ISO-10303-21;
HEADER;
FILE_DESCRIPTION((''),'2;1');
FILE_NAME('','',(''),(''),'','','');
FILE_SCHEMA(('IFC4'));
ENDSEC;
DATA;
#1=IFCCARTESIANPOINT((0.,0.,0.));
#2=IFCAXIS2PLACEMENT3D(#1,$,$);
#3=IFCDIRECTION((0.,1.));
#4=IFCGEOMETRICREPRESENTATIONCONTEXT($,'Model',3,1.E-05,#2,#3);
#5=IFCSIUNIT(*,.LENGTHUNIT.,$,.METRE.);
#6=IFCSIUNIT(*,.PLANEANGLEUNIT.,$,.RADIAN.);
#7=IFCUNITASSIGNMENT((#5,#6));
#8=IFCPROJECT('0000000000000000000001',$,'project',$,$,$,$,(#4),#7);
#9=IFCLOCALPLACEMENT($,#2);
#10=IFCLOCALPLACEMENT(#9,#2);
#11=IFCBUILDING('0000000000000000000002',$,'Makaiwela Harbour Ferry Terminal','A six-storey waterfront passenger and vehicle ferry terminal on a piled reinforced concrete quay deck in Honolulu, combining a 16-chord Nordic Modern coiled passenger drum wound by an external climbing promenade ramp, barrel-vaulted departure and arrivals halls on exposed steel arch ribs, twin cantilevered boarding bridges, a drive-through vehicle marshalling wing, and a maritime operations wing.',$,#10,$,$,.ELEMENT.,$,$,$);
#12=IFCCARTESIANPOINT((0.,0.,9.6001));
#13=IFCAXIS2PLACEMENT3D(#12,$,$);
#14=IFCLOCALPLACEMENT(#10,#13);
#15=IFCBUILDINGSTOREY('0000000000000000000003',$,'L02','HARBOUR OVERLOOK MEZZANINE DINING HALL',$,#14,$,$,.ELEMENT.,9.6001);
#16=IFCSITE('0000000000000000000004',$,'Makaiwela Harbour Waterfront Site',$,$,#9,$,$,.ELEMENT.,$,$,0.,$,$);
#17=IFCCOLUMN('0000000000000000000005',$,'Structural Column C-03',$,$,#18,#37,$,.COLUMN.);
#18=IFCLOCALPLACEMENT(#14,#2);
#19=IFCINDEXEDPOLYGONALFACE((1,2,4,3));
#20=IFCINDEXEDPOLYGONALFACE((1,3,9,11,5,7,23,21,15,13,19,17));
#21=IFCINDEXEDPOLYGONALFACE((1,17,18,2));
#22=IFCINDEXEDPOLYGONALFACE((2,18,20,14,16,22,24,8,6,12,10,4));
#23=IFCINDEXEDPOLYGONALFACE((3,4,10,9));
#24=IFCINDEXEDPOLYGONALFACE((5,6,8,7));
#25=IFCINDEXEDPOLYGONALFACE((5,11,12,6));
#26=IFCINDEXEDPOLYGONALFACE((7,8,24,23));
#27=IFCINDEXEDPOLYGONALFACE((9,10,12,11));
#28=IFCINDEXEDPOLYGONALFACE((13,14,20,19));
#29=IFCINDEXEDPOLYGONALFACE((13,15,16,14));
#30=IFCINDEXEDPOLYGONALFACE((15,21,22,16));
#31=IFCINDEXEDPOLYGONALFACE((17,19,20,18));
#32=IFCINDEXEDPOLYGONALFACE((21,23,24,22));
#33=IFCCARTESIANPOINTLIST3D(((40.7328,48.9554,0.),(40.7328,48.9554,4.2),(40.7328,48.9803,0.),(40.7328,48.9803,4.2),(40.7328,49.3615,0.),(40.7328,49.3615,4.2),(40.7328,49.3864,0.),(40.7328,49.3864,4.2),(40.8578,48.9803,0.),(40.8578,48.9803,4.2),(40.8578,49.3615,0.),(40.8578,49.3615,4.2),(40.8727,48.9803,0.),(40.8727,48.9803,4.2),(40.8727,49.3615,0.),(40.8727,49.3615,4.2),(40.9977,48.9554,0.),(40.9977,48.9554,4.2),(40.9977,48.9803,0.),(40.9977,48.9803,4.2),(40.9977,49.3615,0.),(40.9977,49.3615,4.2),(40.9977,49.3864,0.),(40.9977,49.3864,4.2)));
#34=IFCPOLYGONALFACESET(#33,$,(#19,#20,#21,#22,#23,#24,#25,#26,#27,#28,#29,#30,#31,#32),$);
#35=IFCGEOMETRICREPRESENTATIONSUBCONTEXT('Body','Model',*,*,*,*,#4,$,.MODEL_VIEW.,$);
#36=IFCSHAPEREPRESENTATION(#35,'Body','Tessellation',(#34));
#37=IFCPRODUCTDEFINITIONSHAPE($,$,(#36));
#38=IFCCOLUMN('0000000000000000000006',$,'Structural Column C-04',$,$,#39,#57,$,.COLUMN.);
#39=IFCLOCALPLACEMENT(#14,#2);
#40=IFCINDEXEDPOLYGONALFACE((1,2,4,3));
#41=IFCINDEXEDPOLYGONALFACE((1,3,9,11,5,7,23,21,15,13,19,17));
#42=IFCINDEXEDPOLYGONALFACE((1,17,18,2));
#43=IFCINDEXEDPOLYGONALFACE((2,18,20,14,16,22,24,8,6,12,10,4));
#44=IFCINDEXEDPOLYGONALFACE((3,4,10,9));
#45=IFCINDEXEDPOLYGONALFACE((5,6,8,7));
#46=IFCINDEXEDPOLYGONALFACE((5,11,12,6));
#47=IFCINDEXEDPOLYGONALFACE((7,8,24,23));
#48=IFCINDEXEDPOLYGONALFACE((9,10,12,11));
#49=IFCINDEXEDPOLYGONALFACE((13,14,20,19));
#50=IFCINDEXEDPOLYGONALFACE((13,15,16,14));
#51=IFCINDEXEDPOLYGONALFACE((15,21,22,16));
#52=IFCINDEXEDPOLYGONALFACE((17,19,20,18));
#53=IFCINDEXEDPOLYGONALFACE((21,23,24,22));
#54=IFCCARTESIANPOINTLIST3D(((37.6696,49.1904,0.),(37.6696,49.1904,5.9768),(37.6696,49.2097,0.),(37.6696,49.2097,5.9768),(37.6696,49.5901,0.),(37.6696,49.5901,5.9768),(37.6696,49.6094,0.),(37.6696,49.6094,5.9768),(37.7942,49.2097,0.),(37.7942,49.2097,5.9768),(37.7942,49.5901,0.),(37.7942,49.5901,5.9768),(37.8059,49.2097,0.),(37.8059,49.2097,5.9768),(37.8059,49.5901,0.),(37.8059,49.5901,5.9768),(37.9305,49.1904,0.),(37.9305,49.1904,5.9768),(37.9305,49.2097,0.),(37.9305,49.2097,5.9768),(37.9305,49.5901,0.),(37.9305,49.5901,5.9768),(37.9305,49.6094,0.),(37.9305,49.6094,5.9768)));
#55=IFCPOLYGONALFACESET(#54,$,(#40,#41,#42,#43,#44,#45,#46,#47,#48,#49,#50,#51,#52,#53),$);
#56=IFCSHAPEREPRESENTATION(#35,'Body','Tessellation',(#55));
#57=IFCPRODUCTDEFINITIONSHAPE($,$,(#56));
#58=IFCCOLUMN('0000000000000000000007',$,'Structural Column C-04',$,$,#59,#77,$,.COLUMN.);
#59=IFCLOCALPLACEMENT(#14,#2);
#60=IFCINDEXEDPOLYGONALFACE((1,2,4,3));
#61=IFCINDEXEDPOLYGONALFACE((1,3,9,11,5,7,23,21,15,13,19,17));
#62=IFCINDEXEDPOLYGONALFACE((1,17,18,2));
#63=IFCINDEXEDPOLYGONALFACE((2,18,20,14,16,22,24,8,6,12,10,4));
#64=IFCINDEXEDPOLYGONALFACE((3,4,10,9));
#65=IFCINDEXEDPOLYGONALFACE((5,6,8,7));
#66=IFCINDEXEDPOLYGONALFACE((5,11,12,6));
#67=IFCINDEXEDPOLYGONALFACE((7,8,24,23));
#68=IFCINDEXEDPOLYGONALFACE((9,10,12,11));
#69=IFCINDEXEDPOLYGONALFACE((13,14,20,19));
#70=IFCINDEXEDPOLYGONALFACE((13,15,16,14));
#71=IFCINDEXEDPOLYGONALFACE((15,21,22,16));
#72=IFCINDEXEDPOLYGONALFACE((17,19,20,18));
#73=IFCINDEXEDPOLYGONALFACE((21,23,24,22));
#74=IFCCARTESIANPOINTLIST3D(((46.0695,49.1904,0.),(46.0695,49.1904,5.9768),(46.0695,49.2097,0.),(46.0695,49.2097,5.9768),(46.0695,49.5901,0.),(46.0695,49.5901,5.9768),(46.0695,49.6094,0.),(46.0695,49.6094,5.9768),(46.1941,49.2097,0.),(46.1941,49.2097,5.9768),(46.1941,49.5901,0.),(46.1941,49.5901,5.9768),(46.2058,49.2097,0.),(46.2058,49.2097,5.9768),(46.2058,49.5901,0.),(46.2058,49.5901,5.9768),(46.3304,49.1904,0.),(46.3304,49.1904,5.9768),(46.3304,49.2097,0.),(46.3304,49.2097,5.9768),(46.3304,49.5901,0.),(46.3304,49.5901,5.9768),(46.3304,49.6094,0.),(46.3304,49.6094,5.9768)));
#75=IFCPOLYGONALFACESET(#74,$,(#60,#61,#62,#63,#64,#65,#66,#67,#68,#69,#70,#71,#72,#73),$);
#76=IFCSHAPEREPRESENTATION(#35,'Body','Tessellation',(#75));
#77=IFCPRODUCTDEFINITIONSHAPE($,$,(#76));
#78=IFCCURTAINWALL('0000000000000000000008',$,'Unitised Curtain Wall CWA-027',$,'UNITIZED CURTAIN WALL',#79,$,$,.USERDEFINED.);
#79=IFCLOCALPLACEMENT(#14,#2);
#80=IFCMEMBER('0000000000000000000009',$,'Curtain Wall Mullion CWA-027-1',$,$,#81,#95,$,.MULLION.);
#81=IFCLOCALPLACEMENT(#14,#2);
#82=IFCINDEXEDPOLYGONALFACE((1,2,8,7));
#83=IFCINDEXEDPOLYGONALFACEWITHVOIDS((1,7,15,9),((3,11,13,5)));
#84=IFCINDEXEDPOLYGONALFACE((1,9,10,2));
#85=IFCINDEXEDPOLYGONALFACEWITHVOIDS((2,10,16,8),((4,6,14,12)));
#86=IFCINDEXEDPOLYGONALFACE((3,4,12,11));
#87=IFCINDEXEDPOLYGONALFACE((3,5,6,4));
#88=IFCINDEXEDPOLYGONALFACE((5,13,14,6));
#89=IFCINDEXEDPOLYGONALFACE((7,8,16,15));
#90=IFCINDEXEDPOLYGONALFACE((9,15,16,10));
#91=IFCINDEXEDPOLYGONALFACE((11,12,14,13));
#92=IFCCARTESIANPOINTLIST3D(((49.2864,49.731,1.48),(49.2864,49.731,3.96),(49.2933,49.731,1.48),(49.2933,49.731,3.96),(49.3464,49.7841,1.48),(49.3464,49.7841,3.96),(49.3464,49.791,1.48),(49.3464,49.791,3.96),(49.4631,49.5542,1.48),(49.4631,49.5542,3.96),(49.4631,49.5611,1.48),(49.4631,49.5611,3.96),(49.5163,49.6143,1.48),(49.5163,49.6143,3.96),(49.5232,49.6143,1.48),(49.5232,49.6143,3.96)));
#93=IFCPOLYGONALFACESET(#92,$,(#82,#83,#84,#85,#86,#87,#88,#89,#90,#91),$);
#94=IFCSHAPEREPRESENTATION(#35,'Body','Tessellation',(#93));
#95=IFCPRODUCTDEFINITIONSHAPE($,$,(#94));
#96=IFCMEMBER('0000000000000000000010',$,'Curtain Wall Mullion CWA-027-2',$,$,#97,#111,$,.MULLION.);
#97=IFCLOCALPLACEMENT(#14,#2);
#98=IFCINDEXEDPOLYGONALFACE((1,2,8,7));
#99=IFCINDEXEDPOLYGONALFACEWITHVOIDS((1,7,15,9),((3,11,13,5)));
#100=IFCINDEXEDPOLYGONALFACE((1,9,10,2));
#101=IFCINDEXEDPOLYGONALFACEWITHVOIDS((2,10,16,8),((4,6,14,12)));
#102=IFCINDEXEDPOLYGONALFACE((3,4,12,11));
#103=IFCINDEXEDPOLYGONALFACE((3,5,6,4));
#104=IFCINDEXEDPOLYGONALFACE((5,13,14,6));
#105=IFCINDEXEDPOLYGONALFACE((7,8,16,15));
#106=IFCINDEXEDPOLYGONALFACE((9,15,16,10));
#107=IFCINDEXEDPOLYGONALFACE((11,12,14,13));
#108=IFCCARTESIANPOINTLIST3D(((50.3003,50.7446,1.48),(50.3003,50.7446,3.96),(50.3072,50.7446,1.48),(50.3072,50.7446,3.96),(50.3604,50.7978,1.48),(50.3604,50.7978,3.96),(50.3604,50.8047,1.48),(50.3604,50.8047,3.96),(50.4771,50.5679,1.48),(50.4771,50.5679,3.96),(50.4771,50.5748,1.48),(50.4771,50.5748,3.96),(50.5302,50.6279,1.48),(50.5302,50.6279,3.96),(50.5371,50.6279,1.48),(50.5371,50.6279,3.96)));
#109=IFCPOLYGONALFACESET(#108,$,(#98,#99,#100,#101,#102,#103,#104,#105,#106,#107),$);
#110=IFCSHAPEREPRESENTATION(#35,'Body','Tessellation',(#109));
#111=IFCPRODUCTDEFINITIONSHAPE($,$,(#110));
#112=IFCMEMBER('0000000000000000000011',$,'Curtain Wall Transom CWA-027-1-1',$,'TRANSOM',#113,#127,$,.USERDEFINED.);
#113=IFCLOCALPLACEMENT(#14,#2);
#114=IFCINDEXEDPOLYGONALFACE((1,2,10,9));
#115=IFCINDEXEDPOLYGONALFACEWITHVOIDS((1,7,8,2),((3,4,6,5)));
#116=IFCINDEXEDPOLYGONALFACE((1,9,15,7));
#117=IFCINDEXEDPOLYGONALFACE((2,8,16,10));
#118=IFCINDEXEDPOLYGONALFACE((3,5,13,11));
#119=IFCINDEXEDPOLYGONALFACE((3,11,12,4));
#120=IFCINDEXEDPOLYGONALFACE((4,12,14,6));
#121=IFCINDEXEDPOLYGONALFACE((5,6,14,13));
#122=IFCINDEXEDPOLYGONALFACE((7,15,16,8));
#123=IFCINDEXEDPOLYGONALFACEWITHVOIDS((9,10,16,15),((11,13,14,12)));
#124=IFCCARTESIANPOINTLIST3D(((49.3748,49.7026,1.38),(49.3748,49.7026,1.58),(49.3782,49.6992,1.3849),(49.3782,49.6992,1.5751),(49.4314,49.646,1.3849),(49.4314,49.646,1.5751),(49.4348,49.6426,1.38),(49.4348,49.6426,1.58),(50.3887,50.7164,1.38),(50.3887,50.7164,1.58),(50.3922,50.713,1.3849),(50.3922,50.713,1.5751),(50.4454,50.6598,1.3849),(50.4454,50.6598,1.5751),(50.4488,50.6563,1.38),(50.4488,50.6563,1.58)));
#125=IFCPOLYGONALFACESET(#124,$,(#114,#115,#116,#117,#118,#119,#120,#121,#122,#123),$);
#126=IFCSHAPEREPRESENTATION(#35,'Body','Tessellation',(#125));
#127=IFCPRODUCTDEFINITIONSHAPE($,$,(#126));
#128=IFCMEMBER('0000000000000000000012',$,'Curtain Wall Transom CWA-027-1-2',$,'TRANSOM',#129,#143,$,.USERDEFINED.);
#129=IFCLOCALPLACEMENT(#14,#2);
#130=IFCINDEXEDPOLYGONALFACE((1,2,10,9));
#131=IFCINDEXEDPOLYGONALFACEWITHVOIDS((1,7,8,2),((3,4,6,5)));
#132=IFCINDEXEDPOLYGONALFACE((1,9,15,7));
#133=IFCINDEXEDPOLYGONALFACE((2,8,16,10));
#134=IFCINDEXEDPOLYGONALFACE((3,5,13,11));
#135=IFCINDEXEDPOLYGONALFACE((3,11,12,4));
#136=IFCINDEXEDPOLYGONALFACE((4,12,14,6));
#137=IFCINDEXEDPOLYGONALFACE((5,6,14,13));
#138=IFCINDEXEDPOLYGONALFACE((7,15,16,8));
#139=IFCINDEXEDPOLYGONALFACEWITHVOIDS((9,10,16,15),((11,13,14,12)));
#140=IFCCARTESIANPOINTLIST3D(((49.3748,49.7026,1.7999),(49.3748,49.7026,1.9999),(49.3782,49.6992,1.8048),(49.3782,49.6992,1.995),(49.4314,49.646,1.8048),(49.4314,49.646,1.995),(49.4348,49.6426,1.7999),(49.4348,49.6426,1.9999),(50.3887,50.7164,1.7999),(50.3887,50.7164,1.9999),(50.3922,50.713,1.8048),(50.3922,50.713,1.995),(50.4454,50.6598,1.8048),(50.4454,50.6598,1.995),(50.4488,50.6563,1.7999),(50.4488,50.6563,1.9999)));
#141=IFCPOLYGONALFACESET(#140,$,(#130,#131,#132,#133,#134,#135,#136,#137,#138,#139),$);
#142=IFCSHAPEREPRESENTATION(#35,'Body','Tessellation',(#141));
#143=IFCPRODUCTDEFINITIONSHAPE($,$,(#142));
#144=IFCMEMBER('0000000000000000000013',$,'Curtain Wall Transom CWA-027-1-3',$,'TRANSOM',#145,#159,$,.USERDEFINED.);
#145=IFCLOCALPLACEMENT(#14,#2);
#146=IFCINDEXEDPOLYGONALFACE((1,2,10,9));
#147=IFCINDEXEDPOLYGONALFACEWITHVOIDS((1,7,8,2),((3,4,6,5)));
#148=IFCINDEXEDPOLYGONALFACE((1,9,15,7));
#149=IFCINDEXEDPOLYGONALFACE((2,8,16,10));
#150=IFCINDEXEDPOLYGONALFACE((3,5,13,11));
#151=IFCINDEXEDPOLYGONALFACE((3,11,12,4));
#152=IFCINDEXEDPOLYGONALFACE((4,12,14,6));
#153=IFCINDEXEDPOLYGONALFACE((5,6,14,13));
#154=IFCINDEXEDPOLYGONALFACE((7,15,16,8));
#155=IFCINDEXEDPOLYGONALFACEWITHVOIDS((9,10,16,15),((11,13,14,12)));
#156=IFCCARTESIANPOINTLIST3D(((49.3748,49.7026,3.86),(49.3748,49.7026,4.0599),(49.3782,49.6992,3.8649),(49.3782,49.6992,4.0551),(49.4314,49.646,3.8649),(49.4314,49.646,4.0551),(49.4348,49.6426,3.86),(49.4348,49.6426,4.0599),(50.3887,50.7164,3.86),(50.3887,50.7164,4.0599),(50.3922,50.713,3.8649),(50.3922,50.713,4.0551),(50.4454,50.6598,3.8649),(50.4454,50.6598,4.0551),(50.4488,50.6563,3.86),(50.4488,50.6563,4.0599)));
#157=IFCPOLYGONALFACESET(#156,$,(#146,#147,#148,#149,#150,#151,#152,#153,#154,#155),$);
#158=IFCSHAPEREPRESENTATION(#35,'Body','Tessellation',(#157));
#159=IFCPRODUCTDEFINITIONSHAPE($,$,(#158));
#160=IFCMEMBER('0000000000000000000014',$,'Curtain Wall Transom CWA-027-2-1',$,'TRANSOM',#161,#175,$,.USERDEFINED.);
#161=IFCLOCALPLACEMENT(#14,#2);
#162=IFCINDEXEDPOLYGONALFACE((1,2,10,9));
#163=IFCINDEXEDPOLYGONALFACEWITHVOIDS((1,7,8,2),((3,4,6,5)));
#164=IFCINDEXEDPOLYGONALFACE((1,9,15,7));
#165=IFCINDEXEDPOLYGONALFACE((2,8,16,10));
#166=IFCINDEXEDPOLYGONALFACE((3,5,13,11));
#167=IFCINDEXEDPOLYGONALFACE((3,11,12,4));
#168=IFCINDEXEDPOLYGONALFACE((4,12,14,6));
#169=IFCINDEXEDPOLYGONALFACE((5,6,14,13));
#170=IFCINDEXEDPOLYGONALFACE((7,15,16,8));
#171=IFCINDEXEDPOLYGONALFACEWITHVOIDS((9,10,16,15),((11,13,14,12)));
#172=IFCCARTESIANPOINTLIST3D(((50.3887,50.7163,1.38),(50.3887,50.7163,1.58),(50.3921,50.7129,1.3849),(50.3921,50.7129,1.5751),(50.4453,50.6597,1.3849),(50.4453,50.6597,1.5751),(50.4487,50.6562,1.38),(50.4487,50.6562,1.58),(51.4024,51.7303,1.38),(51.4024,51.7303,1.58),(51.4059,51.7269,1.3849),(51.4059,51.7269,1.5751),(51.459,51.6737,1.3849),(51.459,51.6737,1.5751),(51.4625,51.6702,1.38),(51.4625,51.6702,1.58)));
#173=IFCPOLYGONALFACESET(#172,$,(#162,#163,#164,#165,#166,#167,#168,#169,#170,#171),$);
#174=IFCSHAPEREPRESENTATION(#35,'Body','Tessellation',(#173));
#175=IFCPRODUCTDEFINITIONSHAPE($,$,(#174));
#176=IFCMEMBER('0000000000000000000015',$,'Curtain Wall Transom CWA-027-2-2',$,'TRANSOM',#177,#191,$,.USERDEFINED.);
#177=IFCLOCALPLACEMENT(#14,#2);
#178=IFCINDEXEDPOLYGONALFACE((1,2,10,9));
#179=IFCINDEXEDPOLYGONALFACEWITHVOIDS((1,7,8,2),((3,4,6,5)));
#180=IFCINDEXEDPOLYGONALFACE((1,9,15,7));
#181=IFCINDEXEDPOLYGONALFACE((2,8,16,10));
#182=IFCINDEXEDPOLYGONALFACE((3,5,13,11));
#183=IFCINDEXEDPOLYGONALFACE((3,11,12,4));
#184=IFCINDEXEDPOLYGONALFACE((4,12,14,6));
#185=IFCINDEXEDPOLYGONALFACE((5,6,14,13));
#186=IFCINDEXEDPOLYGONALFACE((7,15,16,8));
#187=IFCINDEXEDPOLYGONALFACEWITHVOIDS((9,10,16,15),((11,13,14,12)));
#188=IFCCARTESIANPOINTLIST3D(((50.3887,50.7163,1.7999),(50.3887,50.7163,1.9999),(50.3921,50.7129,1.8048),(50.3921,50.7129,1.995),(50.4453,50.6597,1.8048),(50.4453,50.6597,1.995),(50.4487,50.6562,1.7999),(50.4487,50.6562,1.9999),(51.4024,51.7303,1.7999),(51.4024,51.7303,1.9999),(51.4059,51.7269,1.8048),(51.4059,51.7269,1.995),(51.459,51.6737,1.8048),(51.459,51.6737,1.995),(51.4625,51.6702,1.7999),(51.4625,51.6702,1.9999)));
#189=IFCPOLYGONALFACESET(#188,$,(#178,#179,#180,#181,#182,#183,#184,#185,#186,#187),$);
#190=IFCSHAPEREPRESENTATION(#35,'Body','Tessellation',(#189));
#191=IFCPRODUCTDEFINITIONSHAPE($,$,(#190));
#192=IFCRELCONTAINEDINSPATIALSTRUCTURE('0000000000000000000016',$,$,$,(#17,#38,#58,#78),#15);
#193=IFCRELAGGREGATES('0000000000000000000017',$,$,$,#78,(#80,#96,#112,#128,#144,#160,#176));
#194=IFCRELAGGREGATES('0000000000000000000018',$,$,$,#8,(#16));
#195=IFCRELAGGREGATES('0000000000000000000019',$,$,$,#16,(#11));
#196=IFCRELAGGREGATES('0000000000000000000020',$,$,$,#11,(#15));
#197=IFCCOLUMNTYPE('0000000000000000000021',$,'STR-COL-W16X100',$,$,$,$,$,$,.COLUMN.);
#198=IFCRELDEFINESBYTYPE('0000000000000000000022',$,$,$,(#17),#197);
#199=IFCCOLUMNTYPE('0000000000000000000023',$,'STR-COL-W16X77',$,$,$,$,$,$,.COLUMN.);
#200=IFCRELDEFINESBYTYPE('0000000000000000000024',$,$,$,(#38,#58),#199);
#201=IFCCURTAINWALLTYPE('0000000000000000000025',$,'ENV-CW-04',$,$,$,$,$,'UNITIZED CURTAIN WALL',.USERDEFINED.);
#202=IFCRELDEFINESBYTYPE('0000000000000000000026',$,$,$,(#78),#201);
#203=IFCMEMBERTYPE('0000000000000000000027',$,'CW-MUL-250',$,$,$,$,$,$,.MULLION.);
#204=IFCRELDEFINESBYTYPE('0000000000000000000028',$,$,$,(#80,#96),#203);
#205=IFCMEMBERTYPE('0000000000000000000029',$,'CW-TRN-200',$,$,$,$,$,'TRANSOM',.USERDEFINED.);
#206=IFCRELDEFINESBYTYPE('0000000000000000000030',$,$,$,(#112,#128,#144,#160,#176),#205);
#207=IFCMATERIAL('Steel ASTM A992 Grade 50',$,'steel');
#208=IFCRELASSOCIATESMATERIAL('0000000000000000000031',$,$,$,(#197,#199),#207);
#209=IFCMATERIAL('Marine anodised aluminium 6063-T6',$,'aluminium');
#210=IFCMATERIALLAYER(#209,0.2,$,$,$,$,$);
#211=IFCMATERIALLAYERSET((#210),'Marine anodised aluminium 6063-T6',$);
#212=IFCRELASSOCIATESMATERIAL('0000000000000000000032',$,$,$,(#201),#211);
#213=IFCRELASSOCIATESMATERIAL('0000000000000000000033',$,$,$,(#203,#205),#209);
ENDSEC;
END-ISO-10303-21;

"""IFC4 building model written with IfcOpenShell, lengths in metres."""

from ifc_helpers import new_model, si_unit, direction, frame, origin, origin_2d, place, context, subcontext, project, spatial, hollow_rectangle, i_section, extrude, material, layer, layer_set, material_profile, profile_set, type_object, element, aggregate, save


model = new_model("IFC4")

# Units and contexts
model_context = context("Model", 3, precision=1e-05, world=origin(), true_north=direction((0.0, 1.0)))
body_context = subcontext(model_context, "Body", "Model", "MODEL_VIEW")
ifc_project = project(units=[si_unit("LENGTHUNIT", "METRE"), si_unit("PLANEANGLEUNIT", "RADIAN")], contexts=[model_context])

# Site, building, storey
site_placement = place(None, origin())
site = spatial("IfcSite", under=ifc_project, at=site_placement, Name="Makaiwela Harbour Waterfront Site", CompositionType="ELEMENT", RefElevation=0.0)
building_placement = place(site_placement, origin())
building = spatial("IfcBuilding", under=site, at=building_placement, Name="Makaiwela Harbour Ferry Terminal", Description="A six-storey waterfront passenger and vehicle ferry terminal on a piled reinforced concrete quay deck in Honolulu, combining a 16-chord Nordic Modern coiled passenger drum wound by an external climbing promenade ramp, barrel-vaulted departure and arrivals halls on exposed steel arch ribs, twin cantilevered boarding bridges, a drive-through vehicle marshalling wing, and a maritime operations wing.", CompositionType="ELEMENT")
storey_placement = place(building_placement, frame((0.0, 0.0, 9.6001)))
storey = spatial("IfcBuildingStorey", under=building, at=storey_placement, Name="L02", Description="HARBOUR OVERLOOK MEZZANINE DINING HALL", CompositionType="ELEMENT", Elevation=9.6001)

# Columns
ifc_material_1 = material(Name="Steel ASTM A992 Grade 50", Category="steel")
ifc_material_profile_1 = material_profile(ifc_material_1, i_section(OverallWidth=0.2649, OverallDepth=0.4309, WebThickness=0.0149, FlangeThickness=0.0249, at=origin_2d()), Name="W16X100")
ifc_profile_set_1 = profile_set([ifc_material_profile_1], Name="Steel ASTM A992 Grade 50")
column_type_1 = type_object("IfcColumnType", Name="STR-COL-W16X100", PredefinedType="COLUMN", material=ifc_profile_set_1)
column_placement = place(storey_placement, frame((40.8652, 49.1709, 0.0), z_axis=(0.0, 0.0, 1.0), x_axis=(1.0, 0.0, 0.0)))
element("IfcColumn", 1, at=column_placement, inside=storey, type_object=column_type_1, Name="Structural Column C-03", PredefinedType="COLUMN", context=body_context, shape_type="SweptSolid", body=[
    extrude(i_section(OverallWidth=0.2649, OverallDepth=0.4309, WebThickness=0.0149, FlangeThickness=0.0249, at=origin_2d()), origin(), (0.0, 0.0, 1.0), 4.2),
])
ifc_material_profile_2 = material_profile(ifc_material_1, i_section(OverallWidth=0.261, OverallDepth=0.4189, WebThickness=0.0117, FlangeThickness=0.0193, at=origin_2d()), Name="W16X77")
ifc_profile_set_2 = profile_set([ifc_material_profile_2], Name="Steel ASTM A992 Grade 50")
column_type_2 = type_object("IfcColumnType", Name="STR-COL-W16X77", PredefinedType="COLUMN", material=ifc_profile_set_2)
for number, where, z_axis, x_axis, name in (
    (2, (37.8, 49.3999, 0.0), (0.0, 0.0, 1.0), (1.0, 0.0, 0.0), "Structural Column C-04"),
    (3, (46.2, 49.3999, 0.0), (0.0, 0.0, 1.0), (1.0, 0.0, 0.0), "Structural Column C-04"),
):
    element("IfcColumn", number, at=place(storey_placement, frame(where, z_axis=z_axis, x_axis=x_axis)), inside=storey, type_object=column_type_2, Name=name, PredefinedType="COLUMN", context=body_context, shape_type="SweptSolid", body=[
        extrude(i_section(OverallWidth=0.261, OverallDepth=0.4189, WebThickness=0.0117, FlangeThickness=0.0193, at=origin_2d()), origin(), (0.0, 0.0, 1.0), 5.9768),
    ])

# Curtain wall, members
ifc_material_2 = material(Name="Marine anodised aluminium 6063-T6", Category="aluminium")
ifc_layer_1 = layer(ifc_material_2, 0.2)
ifc_layer_set_1 = layer_set([ifc_layer_1], Name="Marine anodised aluminium 6063-T6")
curtain_wall_type = type_object("IfcCurtainWallType", Name="ENV-CW-04", ElementType="UNITIZED CURTAIN WALL", PredefinedType="USERDEFINED", material=ifc_layer_set_1)
curtain_wall_placement = place(storey_placement, origin())
curtain_wall = element("IfcCurtainWall", 4, at=curtain_wall_placement, inside=storey, type_object=curtain_wall_type, Name="Unitised Curtain Wall CWA-027", ObjectType="UNITIZED CURTAIN WALL", PredefinedType="USERDEFINED")
ifc_material_profile_3 = material_profile(ifc_material_2, hollow_rectangle(XDim=0.085, YDim=0.25, WallThickness=0.0049, at=origin_2d()), Name="CWM-250X85")
ifc_profile_set_3 = profile_set([ifc_material_profile_3], Name="Marine anodised aluminium 6063-T6")
member_type_1 = type_object("IfcMemberType", Name="CW-MUL-250", PredefinedType="MULLION", material=ifc_profile_set_3)
member_1_placement = place(storey_placement, frame((49.4048, 49.6726, 1.48), z_axis=(0.0, 0.0, 1.0), x_axis=(0.707107, 0.707107, 0.0)))
member_1 = element("IfcMember", 5, at=member_1_placement, type_object=member_type_1, Name="Curtain Wall Mullion CWA-027-1", PredefinedType="MULLION", context=body_context, shape_type="SweptSolid", body=[
    extrude(hollow_rectangle(XDim=0.085, YDim=0.25, WallThickness=0.0049, at=origin_2d()), origin(), (0.0, 0.0, 1.0), 2.48),
])
member_2_placement = place(storey_placement, frame((50.4187, 50.6863, 1.48), z_axis=(0.0, 0.0, 1.0), x_axis=(0.707107, 0.707107, 0.0)))
member_2 = element("IfcMember", 6, at=member_2_placement, type_object=member_type_1, Name="Curtain Wall Mullion CWA-027-2", PredefinedType="MULLION", context=body_context, shape_type="SweptSolid", body=[
    extrude(hollow_rectangle(XDim=0.085, YDim=0.25, WallThickness=0.0049, at=origin_2d()), origin(), (0.0, 0.0, 1.0), 2.48),
])
ifc_material_profile_4 = material_profile(ifc_material_2, hollow_rectangle(XDim=0.085, YDim=0.2, WallThickness=0.0049, at=origin_2d()), Name="CWT-200X85")
ifc_profile_set_4 = profile_set([ifc_material_profile_4], Name="Marine anodised aluminium 6063-T6")
member_type_2 = type_object("IfcMemberType", Name="CW-TRN-200", ElementType="TRANSOM", PredefinedType="USERDEFINED", material=ifc_profile_set_4)
member_3_placement = place(storey_placement, frame((49.4048, 49.6726, 1.48), z_axis=(0.707192, 0.707022, 0.0), x_axis=(-0.707022, 0.707192, 0.0)))
member_3 = element("IfcMember", 7, at=member_3_placement, type_object=member_type_2, Name="Curtain Wall Transom CWA-027-1-1", ObjectType="TRANSOM", PredefinedType="USERDEFINED", context=body_context, shape_type="SweptSolid", body=[
    extrude(hollow_rectangle(XDim=0.085, YDim=0.2, WallThickness=0.0049, at=origin_2d()), origin(), (0.0, 0.0, 1.0), 1.4338),
])
member_4_placement = place(storey_placement, frame((49.4048, 49.6726, 1.8999), z_axis=(0.707192, 0.707022, 0.0), x_axis=(-0.707022, 0.707192, 0.0)))
member_4 = element("IfcMember", 8, at=member_4_placement, type_object=member_type_2, Name="Curtain Wall Transom CWA-027-1-2", ObjectType="TRANSOM", PredefinedType="USERDEFINED", context=body_context, shape_type="SweptSolid", body=[
    extrude(hollow_rectangle(XDim=0.085, YDim=0.2, WallThickness=0.0049, at=origin_2d()), origin(), (0.0, 0.0, 1.0), 1.4338),
])
member_5_placement = place(storey_placement, frame((49.4048, 49.6726, 3.96), z_axis=(0.707192, 0.707022, 0.0), x_axis=(-0.707022, 0.707192, 0.0)))
member_5 = element("IfcMember", 9, at=member_5_placement, type_object=member_type_2, Name="Curtain Wall Transom CWA-027-1-3", ObjectType="TRANSOM", PredefinedType="USERDEFINED", context=body_context, shape_type="SweptSolid", body=[
    extrude(hollow_rectangle(XDim=0.085, YDim=0.2, WallThickness=0.0049, at=origin_2d()), origin(), (0.0, 0.0, 1.0), 1.4338),
])
member_6_placement = place(storey_placement, frame((50.4187, 50.6863, 1.48), z_axis=(0.707022, 0.707192, 0.0), x_axis=(-0.707192, 0.707022, 0.0)))
member_6 = element("IfcMember", 10, at=member_6_placement, type_object=member_type_2, Name="Curtain Wall Transom CWA-027-2-1", ObjectType="TRANSOM", PredefinedType="USERDEFINED", context=body_context, shape_type="SweptSolid", body=[
    extrude(hollow_rectangle(XDim=0.085, YDim=0.2, WallThickness=0.0049, at=origin_2d()), origin(), (0.0, 0.0, 1.0), 1.4338),
])
member_7_placement = place(storey_placement, frame((50.4187, 50.6863, 1.8999), z_axis=(0.707022, 0.707192, 0.0), x_axis=(-0.707192, 0.707022, 0.0)))
member_7 = element("IfcMember", 11, at=member_7_placement, type_object=member_type_2, Name="Curtain Wall Transom CWA-027-2-2", ObjectType="TRANSOM", PredefinedType="USERDEFINED", context=body_context, shape_type="SweptSolid", body=[
    extrude(hollow_rectangle(XDim=0.085, YDim=0.2, WallThickness=0.0049, at=origin_2d()), origin(), (0.0, 0.0, 1.0), 1.4338),
])

aggregate(curtain_wall, [member_1, member_2, member_3, member_4, member_5, member_6, member_7])

save(model, "model.ifc")
